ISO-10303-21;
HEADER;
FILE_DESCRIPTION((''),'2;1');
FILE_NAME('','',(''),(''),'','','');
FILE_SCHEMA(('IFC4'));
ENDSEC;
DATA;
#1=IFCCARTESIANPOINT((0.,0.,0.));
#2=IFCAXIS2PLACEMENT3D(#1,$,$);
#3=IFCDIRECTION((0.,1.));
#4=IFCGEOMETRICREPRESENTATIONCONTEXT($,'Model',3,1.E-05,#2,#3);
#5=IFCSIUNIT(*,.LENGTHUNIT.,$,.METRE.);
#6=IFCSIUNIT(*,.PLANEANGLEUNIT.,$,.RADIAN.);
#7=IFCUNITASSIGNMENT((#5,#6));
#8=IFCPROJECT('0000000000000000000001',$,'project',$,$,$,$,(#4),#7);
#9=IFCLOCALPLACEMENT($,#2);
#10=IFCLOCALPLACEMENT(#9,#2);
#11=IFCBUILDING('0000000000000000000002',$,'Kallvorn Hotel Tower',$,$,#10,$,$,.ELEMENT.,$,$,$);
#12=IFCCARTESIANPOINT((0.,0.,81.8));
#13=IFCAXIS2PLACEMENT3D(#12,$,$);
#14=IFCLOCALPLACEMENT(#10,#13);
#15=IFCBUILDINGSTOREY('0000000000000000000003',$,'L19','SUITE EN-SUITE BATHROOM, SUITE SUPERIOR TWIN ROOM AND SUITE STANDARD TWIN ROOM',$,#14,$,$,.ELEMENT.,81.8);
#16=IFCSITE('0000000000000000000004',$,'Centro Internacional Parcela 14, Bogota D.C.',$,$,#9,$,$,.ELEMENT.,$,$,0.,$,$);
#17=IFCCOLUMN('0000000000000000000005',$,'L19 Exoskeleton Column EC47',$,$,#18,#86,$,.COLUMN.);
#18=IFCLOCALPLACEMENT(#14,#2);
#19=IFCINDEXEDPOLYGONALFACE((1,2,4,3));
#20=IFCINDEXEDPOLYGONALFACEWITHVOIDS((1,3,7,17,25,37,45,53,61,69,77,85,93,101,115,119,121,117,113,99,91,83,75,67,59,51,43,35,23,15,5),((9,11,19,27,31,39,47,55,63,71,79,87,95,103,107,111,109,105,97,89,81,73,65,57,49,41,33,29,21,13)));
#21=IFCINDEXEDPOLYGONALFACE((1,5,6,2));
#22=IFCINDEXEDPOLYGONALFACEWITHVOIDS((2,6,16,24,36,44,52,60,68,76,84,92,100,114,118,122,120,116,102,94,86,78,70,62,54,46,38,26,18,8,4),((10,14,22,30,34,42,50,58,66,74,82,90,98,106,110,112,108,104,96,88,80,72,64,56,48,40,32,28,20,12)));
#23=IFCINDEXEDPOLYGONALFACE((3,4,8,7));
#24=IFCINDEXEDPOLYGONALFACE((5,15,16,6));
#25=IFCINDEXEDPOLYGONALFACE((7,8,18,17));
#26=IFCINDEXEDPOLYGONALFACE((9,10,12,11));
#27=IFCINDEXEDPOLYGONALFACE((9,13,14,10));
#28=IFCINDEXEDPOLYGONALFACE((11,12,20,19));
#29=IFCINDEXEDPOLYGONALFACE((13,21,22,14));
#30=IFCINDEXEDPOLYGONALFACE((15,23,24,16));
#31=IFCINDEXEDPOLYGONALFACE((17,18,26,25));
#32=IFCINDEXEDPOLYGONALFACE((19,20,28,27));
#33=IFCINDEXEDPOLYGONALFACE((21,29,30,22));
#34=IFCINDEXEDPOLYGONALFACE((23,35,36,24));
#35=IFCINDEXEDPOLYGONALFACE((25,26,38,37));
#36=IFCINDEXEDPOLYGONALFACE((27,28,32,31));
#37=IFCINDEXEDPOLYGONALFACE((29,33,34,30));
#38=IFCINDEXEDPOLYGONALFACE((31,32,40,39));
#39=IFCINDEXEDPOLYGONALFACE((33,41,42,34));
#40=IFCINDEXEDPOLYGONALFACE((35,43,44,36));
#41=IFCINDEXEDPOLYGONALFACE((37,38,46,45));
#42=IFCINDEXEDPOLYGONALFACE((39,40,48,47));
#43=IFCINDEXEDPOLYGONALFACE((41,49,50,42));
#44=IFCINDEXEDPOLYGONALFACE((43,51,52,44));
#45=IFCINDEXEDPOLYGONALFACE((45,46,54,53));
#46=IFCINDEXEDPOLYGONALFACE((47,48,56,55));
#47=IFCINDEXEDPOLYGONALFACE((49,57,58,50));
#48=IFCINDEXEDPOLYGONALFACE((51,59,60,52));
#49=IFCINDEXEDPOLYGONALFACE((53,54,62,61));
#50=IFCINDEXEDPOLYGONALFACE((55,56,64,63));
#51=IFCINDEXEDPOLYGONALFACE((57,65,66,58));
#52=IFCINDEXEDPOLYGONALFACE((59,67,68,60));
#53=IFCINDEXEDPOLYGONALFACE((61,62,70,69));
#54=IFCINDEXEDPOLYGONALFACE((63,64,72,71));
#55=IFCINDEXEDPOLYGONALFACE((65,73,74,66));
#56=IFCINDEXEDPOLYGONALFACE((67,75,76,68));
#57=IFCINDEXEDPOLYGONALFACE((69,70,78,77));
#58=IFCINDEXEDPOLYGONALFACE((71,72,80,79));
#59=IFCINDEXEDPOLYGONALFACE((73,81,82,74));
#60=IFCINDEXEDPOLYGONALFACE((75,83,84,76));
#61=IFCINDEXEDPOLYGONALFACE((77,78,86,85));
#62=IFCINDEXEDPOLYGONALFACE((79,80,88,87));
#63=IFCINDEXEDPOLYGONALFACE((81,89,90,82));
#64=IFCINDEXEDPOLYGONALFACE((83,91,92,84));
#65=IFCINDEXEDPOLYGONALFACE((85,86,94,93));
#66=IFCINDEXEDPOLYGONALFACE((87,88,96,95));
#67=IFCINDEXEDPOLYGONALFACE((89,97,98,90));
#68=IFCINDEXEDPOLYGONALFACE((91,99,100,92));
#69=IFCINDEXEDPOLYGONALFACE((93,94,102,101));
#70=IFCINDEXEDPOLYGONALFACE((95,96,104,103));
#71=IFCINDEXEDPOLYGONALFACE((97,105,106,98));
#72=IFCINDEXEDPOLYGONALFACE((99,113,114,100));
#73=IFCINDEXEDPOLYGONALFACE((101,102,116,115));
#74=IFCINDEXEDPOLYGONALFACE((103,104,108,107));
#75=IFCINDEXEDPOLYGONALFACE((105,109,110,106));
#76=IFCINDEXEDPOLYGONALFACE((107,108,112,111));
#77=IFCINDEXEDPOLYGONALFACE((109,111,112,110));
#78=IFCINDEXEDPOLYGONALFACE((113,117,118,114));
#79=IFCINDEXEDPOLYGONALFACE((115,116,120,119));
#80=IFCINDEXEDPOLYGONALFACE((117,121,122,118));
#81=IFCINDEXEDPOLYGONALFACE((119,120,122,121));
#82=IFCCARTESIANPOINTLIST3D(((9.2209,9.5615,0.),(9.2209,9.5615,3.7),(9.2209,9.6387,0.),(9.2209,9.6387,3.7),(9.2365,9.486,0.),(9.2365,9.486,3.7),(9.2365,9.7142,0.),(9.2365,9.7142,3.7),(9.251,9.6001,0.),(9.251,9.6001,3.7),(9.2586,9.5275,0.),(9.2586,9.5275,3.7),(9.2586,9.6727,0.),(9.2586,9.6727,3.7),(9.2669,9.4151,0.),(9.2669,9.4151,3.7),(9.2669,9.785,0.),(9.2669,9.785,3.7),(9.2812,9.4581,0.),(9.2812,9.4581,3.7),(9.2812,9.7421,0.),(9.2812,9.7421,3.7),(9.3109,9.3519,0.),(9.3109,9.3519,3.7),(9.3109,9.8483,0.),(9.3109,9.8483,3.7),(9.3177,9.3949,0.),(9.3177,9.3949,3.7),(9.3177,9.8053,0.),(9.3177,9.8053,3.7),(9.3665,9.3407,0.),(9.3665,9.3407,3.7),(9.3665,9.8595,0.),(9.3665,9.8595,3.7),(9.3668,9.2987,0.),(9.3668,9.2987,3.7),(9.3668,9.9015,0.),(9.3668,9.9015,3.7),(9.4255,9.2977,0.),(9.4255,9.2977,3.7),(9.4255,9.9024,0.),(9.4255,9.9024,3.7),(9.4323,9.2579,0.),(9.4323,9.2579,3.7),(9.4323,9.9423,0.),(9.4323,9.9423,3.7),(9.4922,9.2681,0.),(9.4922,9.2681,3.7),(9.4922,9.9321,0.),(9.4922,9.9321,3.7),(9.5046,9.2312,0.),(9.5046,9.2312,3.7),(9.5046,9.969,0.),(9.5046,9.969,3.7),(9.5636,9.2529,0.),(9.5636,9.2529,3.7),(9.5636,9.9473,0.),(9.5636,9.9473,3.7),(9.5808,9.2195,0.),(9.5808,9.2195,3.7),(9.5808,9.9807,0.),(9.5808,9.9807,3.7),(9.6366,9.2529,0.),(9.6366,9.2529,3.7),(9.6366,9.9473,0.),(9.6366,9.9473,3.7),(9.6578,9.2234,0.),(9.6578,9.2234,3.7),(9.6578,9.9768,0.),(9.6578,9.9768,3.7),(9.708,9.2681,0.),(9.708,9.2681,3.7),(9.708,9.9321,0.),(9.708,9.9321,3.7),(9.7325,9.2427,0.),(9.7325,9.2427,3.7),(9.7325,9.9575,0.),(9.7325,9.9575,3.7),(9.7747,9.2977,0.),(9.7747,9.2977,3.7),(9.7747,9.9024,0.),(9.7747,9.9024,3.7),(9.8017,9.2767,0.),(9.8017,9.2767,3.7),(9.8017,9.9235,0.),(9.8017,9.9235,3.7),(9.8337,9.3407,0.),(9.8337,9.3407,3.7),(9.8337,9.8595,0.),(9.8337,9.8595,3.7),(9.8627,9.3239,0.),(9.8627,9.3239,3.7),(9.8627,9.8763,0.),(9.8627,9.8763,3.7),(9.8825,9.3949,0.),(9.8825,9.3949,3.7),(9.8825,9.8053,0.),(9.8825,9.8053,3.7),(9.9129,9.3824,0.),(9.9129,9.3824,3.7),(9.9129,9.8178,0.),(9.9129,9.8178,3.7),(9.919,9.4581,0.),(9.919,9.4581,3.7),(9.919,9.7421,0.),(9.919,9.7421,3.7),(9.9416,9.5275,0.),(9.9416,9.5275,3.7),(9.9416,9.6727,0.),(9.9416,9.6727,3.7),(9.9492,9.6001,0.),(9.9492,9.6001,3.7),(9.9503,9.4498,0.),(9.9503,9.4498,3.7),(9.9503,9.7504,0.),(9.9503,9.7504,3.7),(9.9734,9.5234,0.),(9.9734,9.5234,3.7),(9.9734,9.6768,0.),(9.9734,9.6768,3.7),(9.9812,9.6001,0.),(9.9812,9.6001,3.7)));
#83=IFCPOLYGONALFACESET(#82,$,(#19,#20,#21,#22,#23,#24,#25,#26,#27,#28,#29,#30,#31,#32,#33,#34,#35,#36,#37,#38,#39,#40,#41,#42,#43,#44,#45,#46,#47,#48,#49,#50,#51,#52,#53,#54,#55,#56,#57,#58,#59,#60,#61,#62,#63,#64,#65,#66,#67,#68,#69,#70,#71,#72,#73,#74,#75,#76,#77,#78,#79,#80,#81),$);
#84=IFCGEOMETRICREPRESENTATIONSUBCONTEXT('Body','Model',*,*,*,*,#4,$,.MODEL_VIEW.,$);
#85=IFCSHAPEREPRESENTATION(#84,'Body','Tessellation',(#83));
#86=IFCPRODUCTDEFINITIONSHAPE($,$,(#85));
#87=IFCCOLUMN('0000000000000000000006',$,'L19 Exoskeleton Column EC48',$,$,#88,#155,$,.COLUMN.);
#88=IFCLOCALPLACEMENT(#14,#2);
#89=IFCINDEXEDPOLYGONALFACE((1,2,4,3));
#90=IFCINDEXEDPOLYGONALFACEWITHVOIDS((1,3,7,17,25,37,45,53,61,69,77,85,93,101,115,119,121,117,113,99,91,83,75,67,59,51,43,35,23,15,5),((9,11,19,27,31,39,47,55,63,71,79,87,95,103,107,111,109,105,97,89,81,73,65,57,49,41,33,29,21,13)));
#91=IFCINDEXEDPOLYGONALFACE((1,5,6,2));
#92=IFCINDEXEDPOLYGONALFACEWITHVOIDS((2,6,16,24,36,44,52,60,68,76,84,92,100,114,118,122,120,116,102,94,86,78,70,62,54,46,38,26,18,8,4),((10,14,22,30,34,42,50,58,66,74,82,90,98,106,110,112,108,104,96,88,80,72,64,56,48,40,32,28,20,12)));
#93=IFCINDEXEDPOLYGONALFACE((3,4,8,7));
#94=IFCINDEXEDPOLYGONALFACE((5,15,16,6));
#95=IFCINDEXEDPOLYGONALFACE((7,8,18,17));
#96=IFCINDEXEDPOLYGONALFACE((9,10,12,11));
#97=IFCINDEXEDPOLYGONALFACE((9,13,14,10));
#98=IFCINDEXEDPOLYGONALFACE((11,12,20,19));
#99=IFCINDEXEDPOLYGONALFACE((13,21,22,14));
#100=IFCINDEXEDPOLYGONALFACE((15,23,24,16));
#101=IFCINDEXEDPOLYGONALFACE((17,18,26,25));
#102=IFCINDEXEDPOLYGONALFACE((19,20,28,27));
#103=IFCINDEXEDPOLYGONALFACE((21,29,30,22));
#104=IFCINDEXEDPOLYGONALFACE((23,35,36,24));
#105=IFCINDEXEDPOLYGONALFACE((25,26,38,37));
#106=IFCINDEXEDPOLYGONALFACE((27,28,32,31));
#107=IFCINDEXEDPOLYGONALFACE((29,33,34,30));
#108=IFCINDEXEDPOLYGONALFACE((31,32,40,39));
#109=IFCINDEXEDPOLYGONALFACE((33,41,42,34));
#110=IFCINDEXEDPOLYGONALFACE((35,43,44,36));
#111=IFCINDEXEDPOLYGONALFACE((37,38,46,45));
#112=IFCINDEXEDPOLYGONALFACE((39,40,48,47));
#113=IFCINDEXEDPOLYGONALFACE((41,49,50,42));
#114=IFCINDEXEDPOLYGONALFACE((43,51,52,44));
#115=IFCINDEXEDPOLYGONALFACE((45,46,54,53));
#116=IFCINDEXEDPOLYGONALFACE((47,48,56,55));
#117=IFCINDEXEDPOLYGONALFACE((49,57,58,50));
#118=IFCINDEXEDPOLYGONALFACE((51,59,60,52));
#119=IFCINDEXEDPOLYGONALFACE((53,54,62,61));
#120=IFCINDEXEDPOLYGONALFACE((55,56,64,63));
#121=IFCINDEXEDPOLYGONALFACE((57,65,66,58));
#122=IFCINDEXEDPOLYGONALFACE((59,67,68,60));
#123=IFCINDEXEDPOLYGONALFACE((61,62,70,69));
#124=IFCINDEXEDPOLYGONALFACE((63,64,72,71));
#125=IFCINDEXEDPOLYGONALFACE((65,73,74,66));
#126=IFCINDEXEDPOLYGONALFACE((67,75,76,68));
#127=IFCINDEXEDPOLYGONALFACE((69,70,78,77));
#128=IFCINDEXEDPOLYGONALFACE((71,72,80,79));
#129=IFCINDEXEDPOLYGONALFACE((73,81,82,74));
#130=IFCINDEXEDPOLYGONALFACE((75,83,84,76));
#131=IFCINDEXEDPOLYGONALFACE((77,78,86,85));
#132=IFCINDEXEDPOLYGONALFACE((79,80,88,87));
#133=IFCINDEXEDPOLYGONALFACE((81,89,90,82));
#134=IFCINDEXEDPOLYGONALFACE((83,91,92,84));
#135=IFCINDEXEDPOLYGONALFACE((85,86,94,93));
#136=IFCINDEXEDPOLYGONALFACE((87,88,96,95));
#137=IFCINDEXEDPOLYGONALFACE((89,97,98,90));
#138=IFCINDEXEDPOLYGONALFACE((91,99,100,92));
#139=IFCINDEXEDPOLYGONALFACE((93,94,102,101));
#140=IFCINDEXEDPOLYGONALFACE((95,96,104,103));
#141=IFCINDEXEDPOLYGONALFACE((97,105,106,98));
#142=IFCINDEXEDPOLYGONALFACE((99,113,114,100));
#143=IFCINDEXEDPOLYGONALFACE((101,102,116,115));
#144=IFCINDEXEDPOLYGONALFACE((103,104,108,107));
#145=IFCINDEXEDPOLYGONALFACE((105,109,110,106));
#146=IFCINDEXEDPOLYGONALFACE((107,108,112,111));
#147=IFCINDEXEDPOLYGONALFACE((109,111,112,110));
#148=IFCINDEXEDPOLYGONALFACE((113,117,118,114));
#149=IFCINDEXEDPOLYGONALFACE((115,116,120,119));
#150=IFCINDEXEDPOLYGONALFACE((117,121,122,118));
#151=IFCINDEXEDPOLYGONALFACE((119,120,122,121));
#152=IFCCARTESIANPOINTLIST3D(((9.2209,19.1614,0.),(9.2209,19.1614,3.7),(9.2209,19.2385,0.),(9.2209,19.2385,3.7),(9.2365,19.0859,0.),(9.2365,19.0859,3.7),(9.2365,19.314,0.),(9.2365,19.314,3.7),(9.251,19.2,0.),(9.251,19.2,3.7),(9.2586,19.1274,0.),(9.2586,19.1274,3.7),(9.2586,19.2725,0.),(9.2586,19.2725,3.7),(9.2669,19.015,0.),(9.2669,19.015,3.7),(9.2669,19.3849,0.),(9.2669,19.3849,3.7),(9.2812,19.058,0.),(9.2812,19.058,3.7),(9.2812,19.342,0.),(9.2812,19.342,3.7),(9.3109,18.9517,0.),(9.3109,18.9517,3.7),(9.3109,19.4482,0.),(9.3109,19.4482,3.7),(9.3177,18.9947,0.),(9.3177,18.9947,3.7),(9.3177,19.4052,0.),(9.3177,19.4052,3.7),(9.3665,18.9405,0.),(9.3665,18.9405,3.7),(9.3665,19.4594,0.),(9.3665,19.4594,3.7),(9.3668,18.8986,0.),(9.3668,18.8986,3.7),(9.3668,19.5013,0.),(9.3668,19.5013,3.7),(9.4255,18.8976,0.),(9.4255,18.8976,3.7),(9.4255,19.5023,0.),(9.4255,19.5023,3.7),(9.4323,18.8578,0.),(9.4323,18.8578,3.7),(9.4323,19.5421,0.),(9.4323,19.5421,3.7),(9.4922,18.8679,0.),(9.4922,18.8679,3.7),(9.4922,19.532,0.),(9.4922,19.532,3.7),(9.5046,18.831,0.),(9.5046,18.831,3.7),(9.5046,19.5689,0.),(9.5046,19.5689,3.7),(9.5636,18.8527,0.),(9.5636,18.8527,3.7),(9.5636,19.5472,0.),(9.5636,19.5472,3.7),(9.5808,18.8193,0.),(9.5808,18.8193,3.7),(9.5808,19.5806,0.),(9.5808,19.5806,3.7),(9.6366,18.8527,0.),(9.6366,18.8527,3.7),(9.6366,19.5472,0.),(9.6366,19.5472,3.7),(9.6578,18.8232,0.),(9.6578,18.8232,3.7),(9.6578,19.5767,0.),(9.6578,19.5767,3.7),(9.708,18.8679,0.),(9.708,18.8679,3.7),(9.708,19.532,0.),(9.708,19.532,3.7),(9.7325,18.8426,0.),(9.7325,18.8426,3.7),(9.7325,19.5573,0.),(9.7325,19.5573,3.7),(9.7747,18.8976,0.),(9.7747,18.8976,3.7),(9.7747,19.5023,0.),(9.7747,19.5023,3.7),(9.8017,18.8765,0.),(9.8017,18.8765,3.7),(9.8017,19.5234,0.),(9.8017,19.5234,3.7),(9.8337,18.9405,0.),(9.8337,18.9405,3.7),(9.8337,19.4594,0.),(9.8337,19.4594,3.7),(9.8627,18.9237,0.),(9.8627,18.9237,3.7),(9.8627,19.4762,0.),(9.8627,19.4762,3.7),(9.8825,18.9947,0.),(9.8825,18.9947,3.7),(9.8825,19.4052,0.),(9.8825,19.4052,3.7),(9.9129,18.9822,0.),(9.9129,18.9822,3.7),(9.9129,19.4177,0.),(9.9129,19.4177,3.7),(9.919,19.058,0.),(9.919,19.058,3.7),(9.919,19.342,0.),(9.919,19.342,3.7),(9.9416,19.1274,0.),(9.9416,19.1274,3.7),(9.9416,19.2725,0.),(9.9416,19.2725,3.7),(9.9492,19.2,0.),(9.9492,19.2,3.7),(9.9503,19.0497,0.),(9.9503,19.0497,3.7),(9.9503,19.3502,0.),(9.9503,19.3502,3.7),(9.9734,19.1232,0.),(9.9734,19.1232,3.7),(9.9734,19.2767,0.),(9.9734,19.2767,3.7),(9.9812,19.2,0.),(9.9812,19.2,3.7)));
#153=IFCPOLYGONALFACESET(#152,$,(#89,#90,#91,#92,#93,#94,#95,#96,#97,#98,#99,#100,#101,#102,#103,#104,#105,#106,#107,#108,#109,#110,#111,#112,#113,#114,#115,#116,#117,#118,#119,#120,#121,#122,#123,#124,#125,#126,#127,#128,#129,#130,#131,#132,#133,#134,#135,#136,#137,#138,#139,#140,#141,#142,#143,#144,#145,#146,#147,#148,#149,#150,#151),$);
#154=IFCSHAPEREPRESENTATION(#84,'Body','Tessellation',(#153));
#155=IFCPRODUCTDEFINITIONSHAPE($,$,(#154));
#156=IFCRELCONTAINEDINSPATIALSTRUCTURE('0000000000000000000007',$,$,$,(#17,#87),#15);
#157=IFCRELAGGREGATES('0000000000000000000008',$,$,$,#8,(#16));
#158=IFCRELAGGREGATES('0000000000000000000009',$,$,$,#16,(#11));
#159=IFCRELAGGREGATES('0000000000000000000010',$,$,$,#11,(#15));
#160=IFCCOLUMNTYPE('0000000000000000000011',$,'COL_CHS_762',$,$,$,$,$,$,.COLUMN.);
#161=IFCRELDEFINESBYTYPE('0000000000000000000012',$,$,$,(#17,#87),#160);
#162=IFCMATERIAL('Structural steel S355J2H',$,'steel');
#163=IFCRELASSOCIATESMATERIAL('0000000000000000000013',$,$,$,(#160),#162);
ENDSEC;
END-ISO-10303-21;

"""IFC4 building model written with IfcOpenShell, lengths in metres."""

from ifc_helpers import new_model, si_unit, direction, frame, origin, origin_2d, place, context, subcontext, project, spatial, hollow_circle, extrude, material, material_profile, profile_set, type_object, element, save


model = new_model("IFC4")

# Units and contexts
model_context = context("Model", 3, precision=1e-05, world=origin(), true_north=direction((0.0, 1.0)))
body_context = subcontext(model_context, "Body", "Model", "MODEL_VIEW")
ifc_project = project(units=[si_unit("LENGTHUNIT", "METRE"), si_unit("PLANEANGLEUNIT", "RADIAN")], contexts=[model_context])

# Site, building, storey
site_placement = place(None, origin())
site = spatial("IfcSite", under=ifc_project, at=site_placement, Name="Centro Internacional Parcela 14, Bogota D.C.", CompositionType="ELEMENT", RefElevation=0.0)
building_placement = place(site_placement, origin())
building = spatial("IfcBuilding", under=site, at=building_placement, Name="Kallvorn Hotel Tower", CompositionType="ELEMENT")
storey_placement = place(building_placement, frame((0.0, 0.0, 81.8)))
storey = spatial("IfcBuildingStorey", under=building, at=storey_placement, Name="L19", Description="SUITE EN-SUITE BATHROOM, SUITE SUPERIOR TWIN ROOM AND SUITE STANDARD TWIN ROOM", CompositionType="ELEMENT", Elevation=81.8)

# Columns
ifc_material_1 = material(Name="Structural steel S355J2H", Category="steel")
ifc_material_profile_1 = material_profile(ifc_material_1, hollow_circle(Radius=0.3811, WallThickness=0.032, at=origin_2d()), Name="CHS 762x32")
ifc_profile_set_1 = profile_set([ifc_material_profile_1], Name="Structural steel S355J2H")
column_type_1 = type_object("IfcColumnType", Name="COL_CHS_762", PredefinedType="COLUMN", material=ifc_profile_set_1)
for number, where, z_axis, x_axis, name in (
    (1, (9.6001, 9.6001, 0.0), (0.0, 0.0, 1.0), (1.0, 0.0, 0.0), "L19 Exoskeleton Column EC47"),
    (2, (9.6001, 19.2, 0.0), (0.0, 0.0, 1.0), (1.0, 0.0, 0.0), "L19 Exoskeleton Column EC48"),
):
    element("IfcColumn", number, at=place(storey_placement, frame(where, z_axis=z_axis, x_axis=x_axis)), inside=storey, type_object=column_type_1, Name=name, PredefinedType="COLUMN", context=body_context, shape_type="SweptSolid", body=[
        extrude(hollow_circle(Radius=0.3811, WallThickness=0.032, at=origin_2d()), origin(), (0.0, 0.0, 1.0), 3.7),
    ])

save(model, "model.ifc")
